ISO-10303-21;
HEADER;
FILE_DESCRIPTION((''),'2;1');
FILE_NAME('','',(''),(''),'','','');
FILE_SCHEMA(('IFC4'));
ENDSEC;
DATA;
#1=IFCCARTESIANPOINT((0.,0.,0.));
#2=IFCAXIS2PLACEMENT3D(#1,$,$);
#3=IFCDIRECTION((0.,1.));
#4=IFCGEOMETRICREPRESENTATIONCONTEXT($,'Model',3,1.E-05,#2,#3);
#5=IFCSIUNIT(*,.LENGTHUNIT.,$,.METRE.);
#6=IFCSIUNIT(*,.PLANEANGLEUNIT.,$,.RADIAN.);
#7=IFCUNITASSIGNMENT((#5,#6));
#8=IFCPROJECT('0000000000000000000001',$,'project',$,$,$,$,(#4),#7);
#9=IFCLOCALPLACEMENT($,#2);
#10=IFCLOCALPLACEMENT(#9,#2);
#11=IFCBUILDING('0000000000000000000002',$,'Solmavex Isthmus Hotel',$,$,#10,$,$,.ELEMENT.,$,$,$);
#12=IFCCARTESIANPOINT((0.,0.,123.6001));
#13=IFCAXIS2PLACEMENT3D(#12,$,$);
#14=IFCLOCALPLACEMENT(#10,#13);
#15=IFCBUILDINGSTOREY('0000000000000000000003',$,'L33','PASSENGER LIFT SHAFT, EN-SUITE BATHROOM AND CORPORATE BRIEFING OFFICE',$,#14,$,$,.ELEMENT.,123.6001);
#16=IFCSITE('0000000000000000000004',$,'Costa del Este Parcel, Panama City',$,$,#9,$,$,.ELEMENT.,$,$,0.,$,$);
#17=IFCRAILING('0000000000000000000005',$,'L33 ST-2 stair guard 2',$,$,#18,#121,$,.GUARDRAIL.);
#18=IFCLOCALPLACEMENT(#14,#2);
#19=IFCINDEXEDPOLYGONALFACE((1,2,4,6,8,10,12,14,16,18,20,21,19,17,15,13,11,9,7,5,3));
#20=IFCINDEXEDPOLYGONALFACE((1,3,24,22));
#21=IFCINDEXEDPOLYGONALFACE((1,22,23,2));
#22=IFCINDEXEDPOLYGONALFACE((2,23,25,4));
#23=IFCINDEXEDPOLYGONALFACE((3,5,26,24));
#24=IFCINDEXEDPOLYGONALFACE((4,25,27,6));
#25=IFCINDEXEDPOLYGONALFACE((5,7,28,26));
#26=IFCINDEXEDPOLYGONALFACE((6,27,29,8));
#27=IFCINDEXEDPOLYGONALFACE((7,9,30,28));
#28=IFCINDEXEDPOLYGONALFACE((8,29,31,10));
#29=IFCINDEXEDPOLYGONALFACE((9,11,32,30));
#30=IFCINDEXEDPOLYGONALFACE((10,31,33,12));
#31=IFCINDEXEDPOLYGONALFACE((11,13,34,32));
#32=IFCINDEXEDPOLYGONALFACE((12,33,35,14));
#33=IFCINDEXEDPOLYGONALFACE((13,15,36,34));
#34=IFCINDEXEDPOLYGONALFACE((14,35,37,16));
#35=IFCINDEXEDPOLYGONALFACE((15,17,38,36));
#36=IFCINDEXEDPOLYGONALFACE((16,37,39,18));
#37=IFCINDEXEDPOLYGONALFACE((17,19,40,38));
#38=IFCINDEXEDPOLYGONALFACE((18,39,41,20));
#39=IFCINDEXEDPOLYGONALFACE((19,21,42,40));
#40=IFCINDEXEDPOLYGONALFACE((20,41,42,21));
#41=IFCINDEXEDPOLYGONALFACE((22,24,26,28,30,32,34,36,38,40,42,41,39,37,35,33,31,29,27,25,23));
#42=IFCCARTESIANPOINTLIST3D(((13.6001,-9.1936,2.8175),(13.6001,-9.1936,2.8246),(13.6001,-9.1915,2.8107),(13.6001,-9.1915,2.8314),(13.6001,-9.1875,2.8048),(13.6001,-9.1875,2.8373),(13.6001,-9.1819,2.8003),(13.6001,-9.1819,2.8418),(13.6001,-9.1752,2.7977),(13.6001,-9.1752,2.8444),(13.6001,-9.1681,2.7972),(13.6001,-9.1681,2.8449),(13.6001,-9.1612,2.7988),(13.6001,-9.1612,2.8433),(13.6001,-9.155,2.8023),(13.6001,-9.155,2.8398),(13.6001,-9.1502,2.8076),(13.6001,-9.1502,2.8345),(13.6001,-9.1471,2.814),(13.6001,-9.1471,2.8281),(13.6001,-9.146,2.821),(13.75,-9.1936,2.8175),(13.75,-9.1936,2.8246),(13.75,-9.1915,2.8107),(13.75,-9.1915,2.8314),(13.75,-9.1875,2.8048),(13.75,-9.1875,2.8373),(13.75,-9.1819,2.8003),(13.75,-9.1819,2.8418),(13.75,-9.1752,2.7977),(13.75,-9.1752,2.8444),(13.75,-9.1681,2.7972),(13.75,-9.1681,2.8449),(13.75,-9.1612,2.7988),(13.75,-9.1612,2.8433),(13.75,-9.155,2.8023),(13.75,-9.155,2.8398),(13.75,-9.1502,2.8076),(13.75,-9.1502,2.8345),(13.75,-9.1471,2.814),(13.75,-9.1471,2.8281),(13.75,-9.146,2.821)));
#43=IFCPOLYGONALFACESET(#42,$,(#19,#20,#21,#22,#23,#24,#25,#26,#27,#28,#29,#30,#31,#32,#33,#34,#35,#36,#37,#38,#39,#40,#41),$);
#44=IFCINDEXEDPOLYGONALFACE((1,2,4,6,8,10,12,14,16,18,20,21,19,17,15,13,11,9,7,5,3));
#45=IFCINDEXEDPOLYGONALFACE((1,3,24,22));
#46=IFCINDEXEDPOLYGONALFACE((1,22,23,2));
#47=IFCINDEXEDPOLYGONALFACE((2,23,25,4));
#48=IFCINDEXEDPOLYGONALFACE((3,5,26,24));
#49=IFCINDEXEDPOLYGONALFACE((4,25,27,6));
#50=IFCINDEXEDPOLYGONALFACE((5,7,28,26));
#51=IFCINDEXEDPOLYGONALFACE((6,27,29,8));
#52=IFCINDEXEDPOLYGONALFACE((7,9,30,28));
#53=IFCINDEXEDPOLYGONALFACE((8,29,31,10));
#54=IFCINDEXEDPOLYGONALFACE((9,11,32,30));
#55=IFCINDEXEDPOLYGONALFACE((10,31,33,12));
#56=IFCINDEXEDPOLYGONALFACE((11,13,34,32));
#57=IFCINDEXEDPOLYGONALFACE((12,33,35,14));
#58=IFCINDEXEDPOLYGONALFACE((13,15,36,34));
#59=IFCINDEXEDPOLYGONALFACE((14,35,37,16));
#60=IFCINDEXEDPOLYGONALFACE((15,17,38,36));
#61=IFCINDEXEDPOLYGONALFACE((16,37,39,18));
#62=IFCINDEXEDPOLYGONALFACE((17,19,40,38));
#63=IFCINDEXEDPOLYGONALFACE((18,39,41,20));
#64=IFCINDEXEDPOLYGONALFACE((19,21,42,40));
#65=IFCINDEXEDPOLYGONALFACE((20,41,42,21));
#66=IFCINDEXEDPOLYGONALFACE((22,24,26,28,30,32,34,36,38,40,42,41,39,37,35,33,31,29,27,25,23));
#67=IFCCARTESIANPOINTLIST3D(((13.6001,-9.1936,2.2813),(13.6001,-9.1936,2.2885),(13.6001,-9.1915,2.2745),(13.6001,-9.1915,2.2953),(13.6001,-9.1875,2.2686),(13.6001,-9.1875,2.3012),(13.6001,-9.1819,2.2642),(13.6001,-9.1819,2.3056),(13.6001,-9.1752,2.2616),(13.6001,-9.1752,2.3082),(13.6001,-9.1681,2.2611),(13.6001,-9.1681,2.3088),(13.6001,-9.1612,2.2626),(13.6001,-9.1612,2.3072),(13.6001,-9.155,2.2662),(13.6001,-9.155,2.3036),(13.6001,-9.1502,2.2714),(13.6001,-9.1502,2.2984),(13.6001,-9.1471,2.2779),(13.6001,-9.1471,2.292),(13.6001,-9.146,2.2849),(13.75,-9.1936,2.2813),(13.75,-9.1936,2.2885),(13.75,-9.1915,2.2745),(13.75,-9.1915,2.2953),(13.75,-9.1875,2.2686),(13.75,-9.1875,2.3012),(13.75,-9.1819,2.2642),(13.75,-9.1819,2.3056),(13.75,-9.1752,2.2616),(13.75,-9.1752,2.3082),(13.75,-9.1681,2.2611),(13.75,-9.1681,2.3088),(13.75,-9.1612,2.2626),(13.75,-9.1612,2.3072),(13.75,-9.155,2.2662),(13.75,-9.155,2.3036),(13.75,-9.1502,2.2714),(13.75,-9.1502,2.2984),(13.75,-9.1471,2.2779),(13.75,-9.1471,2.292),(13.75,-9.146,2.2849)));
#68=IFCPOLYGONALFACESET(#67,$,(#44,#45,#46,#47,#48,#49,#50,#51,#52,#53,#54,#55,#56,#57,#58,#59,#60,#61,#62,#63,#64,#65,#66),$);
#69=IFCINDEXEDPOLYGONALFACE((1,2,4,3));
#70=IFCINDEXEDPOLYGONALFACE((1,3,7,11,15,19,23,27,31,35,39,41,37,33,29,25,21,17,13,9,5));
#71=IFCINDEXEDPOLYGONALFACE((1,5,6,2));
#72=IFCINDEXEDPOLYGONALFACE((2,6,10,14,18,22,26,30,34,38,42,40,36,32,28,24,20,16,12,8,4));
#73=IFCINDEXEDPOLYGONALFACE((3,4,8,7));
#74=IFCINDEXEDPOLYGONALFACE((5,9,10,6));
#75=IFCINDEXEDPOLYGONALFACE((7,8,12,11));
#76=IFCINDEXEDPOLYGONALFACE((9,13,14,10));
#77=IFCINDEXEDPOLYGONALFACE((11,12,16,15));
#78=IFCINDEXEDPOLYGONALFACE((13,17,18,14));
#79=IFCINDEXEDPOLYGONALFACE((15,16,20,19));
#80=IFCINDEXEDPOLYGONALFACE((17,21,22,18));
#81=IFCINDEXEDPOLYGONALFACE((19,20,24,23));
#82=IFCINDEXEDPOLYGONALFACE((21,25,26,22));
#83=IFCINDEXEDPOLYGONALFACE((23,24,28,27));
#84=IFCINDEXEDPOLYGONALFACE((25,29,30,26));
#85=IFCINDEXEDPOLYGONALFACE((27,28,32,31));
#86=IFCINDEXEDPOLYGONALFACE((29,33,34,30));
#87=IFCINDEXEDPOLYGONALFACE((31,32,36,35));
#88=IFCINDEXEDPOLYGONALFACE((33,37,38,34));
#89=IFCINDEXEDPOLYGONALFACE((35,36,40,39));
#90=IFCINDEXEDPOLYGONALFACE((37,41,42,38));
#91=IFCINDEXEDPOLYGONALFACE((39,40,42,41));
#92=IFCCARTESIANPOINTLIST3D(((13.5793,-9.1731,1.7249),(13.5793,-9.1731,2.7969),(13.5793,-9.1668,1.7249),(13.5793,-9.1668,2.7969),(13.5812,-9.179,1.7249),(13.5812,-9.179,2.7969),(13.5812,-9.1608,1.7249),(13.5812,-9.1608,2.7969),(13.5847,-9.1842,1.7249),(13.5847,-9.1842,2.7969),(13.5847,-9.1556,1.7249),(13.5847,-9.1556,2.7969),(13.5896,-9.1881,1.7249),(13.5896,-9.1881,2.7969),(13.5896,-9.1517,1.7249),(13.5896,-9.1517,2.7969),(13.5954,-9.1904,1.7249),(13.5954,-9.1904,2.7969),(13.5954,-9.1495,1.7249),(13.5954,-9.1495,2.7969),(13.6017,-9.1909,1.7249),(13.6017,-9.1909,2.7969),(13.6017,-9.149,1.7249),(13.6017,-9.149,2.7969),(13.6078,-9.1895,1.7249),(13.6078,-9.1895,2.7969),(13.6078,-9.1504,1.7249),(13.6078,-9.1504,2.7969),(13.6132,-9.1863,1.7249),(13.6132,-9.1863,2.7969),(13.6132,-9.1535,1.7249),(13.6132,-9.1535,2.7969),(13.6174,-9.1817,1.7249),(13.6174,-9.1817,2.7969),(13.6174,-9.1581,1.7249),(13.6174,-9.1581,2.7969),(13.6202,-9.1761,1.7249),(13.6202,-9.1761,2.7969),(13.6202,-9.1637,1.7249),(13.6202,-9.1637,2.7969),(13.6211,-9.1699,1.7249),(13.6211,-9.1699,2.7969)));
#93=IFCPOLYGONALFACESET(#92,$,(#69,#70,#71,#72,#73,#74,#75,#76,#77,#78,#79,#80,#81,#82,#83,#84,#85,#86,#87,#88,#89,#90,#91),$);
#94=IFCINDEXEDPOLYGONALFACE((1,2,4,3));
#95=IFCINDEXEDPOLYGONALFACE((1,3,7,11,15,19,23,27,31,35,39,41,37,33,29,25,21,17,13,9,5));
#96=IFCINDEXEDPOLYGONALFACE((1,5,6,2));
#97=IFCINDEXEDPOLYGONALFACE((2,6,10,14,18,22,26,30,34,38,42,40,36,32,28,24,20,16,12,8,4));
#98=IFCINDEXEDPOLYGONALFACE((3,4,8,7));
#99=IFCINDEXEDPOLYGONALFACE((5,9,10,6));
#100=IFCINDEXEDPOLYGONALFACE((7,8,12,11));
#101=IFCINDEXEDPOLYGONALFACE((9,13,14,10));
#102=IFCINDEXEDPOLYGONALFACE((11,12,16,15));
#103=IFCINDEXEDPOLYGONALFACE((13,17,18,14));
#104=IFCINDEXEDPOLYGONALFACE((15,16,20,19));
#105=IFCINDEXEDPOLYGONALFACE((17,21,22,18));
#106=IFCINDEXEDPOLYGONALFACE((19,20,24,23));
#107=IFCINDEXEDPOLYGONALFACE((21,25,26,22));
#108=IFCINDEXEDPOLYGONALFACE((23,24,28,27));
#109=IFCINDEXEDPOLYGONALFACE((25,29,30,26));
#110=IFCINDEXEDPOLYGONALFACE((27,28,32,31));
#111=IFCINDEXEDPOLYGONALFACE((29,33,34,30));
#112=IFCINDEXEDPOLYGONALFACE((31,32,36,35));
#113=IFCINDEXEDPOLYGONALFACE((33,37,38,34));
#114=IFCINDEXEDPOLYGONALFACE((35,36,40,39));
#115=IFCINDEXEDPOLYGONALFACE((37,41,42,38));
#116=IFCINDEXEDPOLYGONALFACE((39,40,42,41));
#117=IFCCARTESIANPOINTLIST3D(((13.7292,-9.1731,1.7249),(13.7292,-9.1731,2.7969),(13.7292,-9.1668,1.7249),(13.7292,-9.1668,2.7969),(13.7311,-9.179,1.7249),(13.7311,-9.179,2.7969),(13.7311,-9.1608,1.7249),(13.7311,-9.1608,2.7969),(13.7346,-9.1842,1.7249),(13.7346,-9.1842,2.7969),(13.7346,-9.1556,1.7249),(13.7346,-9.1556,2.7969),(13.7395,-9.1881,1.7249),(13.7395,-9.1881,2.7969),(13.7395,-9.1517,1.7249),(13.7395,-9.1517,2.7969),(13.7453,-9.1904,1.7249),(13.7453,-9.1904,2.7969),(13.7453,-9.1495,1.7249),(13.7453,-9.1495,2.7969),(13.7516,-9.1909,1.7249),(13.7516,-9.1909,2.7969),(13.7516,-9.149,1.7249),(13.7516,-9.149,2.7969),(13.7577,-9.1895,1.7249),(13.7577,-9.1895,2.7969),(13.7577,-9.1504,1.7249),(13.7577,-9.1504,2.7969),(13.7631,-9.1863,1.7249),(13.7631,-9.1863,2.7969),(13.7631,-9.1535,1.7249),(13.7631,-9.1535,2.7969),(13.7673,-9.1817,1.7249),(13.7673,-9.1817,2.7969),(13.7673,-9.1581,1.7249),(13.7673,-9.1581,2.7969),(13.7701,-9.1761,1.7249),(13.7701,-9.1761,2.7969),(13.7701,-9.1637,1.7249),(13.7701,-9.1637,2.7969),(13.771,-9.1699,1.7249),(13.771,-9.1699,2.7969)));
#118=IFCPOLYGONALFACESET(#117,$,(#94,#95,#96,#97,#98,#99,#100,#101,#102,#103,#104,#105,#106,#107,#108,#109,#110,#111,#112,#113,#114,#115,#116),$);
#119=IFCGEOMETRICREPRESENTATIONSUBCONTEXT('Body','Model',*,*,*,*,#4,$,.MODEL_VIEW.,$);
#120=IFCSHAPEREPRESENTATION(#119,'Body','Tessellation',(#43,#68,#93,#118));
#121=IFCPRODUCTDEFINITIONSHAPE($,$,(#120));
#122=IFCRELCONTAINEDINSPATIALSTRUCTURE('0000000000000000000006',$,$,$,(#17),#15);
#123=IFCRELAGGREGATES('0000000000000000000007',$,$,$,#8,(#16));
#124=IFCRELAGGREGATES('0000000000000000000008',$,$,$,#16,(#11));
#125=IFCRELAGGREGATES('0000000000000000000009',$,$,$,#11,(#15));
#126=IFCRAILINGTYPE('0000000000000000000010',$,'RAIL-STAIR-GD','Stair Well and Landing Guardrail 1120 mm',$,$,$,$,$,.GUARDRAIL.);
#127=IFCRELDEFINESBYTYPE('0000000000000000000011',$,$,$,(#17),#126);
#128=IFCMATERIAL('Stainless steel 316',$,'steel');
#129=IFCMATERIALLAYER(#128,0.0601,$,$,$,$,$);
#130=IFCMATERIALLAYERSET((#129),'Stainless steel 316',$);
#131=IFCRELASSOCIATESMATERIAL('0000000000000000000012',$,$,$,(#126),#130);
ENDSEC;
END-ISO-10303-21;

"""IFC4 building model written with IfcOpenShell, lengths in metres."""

from ifc_helpers import new_model, si_unit, direction, frame, origin, origin_2d, place, context, subcontext, project, spatial, circle, extrude, material, layer, layer_set, type_object, element, save


model = new_model("IFC4")

# Units and contexts
model_context = context("Model", 3, precision=1e-05, world=origin(), true_north=direction((0.0, 1.0)))
body_context = subcontext(model_context, "Body", "Model", "MODEL_VIEW")
ifc_project = project(units=[si_unit("LENGTHUNIT", "METRE"), si_unit("PLANEANGLEUNIT", "RADIAN")], contexts=[model_context])

# Site, building, storey
site_placement = place(None, origin())
site = spatial("IfcSite", under=ifc_project, at=site_placement, Name="Costa del Este Parcel, Panama City", CompositionType="ELEMENT", RefElevation=0.0)
building_placement = place(site_placement, origin())
building = spatial("IfcBuilding", under=site, at=building_placement, Name="Solmavex Isthmus Hotel", CompositionType="ELEMENT")
storey_placement = place(building_placement, frame((0.0, 0.0, 123.6001)))
storey = spatial("IfcBuildingStorey", under=building, at=storey_placement, Name="L33", Description="PASSENGER LIFT SHAFT, EN-SUITE BATHROOM AND CORPORATE BRIEFING OFFICE", CompositionType="ELEMENT", Elevation=123.6001)

# Shared definitions
ifc_material_1 = material(Name="Stainless steel 316", Category="steel")

# Railing
ifc_layer_1 = layer(ifc_material_1, 0.0601)
ifc_layer_set_1 = layer_set([ifc_layer_1], Name="Stainless steel 316")
railing_type_1 = type_object("IfcRailingType", Name="RAIL-STAIR-GD", Description="Stair Well and Landing Guardrail 1120 mm", PredefinedType="GUARDRAIL", material=ifc_layer_set_1)
for number, where, name in (
    (1, (13.6001, -9.1699, 1.7249), "L33 ST-2 stair guard 2"),
):
    element("IfcRailing", number, at=place(storey_placement, frame(where)), inside=storey, type_object=railing_type_1, Name=name, PredefinedType="GUARDRAIL", context=body_context, shape_type="SweptSolid", body=[
        extrude(circle(Radius=0.0239, at=origin_2d()), frame((0.0, 0.0, 1.0962), z_axis=(1.0, 0.0, 0.0), x_axis=(0.0, 1.0, 0.0)), (0.0, 0.0, 1.0), 0.1499),
        extrude(circle(Radius=0.0239, at=origin_2d()), frame((0.0, 0.0, 0.5601), z_axis=(1.0, 0.0, 0.0), x_axis=(0.0, 1.0, 0.0)), (0.0, 0.0, 1.0), 0.1499),
        extrude(circle(Radius=0.021, at=origin_2d()), origin(), (0.0, 0.0, 1.0), 1.072),
        extrude(circle(Radius=0.021, at=origin_2d()), frame((0.1499, 0.0, 0.0)), (0.0, 0.0, 1.0), 1.072),
    ])

save(model, "model.ifc")
